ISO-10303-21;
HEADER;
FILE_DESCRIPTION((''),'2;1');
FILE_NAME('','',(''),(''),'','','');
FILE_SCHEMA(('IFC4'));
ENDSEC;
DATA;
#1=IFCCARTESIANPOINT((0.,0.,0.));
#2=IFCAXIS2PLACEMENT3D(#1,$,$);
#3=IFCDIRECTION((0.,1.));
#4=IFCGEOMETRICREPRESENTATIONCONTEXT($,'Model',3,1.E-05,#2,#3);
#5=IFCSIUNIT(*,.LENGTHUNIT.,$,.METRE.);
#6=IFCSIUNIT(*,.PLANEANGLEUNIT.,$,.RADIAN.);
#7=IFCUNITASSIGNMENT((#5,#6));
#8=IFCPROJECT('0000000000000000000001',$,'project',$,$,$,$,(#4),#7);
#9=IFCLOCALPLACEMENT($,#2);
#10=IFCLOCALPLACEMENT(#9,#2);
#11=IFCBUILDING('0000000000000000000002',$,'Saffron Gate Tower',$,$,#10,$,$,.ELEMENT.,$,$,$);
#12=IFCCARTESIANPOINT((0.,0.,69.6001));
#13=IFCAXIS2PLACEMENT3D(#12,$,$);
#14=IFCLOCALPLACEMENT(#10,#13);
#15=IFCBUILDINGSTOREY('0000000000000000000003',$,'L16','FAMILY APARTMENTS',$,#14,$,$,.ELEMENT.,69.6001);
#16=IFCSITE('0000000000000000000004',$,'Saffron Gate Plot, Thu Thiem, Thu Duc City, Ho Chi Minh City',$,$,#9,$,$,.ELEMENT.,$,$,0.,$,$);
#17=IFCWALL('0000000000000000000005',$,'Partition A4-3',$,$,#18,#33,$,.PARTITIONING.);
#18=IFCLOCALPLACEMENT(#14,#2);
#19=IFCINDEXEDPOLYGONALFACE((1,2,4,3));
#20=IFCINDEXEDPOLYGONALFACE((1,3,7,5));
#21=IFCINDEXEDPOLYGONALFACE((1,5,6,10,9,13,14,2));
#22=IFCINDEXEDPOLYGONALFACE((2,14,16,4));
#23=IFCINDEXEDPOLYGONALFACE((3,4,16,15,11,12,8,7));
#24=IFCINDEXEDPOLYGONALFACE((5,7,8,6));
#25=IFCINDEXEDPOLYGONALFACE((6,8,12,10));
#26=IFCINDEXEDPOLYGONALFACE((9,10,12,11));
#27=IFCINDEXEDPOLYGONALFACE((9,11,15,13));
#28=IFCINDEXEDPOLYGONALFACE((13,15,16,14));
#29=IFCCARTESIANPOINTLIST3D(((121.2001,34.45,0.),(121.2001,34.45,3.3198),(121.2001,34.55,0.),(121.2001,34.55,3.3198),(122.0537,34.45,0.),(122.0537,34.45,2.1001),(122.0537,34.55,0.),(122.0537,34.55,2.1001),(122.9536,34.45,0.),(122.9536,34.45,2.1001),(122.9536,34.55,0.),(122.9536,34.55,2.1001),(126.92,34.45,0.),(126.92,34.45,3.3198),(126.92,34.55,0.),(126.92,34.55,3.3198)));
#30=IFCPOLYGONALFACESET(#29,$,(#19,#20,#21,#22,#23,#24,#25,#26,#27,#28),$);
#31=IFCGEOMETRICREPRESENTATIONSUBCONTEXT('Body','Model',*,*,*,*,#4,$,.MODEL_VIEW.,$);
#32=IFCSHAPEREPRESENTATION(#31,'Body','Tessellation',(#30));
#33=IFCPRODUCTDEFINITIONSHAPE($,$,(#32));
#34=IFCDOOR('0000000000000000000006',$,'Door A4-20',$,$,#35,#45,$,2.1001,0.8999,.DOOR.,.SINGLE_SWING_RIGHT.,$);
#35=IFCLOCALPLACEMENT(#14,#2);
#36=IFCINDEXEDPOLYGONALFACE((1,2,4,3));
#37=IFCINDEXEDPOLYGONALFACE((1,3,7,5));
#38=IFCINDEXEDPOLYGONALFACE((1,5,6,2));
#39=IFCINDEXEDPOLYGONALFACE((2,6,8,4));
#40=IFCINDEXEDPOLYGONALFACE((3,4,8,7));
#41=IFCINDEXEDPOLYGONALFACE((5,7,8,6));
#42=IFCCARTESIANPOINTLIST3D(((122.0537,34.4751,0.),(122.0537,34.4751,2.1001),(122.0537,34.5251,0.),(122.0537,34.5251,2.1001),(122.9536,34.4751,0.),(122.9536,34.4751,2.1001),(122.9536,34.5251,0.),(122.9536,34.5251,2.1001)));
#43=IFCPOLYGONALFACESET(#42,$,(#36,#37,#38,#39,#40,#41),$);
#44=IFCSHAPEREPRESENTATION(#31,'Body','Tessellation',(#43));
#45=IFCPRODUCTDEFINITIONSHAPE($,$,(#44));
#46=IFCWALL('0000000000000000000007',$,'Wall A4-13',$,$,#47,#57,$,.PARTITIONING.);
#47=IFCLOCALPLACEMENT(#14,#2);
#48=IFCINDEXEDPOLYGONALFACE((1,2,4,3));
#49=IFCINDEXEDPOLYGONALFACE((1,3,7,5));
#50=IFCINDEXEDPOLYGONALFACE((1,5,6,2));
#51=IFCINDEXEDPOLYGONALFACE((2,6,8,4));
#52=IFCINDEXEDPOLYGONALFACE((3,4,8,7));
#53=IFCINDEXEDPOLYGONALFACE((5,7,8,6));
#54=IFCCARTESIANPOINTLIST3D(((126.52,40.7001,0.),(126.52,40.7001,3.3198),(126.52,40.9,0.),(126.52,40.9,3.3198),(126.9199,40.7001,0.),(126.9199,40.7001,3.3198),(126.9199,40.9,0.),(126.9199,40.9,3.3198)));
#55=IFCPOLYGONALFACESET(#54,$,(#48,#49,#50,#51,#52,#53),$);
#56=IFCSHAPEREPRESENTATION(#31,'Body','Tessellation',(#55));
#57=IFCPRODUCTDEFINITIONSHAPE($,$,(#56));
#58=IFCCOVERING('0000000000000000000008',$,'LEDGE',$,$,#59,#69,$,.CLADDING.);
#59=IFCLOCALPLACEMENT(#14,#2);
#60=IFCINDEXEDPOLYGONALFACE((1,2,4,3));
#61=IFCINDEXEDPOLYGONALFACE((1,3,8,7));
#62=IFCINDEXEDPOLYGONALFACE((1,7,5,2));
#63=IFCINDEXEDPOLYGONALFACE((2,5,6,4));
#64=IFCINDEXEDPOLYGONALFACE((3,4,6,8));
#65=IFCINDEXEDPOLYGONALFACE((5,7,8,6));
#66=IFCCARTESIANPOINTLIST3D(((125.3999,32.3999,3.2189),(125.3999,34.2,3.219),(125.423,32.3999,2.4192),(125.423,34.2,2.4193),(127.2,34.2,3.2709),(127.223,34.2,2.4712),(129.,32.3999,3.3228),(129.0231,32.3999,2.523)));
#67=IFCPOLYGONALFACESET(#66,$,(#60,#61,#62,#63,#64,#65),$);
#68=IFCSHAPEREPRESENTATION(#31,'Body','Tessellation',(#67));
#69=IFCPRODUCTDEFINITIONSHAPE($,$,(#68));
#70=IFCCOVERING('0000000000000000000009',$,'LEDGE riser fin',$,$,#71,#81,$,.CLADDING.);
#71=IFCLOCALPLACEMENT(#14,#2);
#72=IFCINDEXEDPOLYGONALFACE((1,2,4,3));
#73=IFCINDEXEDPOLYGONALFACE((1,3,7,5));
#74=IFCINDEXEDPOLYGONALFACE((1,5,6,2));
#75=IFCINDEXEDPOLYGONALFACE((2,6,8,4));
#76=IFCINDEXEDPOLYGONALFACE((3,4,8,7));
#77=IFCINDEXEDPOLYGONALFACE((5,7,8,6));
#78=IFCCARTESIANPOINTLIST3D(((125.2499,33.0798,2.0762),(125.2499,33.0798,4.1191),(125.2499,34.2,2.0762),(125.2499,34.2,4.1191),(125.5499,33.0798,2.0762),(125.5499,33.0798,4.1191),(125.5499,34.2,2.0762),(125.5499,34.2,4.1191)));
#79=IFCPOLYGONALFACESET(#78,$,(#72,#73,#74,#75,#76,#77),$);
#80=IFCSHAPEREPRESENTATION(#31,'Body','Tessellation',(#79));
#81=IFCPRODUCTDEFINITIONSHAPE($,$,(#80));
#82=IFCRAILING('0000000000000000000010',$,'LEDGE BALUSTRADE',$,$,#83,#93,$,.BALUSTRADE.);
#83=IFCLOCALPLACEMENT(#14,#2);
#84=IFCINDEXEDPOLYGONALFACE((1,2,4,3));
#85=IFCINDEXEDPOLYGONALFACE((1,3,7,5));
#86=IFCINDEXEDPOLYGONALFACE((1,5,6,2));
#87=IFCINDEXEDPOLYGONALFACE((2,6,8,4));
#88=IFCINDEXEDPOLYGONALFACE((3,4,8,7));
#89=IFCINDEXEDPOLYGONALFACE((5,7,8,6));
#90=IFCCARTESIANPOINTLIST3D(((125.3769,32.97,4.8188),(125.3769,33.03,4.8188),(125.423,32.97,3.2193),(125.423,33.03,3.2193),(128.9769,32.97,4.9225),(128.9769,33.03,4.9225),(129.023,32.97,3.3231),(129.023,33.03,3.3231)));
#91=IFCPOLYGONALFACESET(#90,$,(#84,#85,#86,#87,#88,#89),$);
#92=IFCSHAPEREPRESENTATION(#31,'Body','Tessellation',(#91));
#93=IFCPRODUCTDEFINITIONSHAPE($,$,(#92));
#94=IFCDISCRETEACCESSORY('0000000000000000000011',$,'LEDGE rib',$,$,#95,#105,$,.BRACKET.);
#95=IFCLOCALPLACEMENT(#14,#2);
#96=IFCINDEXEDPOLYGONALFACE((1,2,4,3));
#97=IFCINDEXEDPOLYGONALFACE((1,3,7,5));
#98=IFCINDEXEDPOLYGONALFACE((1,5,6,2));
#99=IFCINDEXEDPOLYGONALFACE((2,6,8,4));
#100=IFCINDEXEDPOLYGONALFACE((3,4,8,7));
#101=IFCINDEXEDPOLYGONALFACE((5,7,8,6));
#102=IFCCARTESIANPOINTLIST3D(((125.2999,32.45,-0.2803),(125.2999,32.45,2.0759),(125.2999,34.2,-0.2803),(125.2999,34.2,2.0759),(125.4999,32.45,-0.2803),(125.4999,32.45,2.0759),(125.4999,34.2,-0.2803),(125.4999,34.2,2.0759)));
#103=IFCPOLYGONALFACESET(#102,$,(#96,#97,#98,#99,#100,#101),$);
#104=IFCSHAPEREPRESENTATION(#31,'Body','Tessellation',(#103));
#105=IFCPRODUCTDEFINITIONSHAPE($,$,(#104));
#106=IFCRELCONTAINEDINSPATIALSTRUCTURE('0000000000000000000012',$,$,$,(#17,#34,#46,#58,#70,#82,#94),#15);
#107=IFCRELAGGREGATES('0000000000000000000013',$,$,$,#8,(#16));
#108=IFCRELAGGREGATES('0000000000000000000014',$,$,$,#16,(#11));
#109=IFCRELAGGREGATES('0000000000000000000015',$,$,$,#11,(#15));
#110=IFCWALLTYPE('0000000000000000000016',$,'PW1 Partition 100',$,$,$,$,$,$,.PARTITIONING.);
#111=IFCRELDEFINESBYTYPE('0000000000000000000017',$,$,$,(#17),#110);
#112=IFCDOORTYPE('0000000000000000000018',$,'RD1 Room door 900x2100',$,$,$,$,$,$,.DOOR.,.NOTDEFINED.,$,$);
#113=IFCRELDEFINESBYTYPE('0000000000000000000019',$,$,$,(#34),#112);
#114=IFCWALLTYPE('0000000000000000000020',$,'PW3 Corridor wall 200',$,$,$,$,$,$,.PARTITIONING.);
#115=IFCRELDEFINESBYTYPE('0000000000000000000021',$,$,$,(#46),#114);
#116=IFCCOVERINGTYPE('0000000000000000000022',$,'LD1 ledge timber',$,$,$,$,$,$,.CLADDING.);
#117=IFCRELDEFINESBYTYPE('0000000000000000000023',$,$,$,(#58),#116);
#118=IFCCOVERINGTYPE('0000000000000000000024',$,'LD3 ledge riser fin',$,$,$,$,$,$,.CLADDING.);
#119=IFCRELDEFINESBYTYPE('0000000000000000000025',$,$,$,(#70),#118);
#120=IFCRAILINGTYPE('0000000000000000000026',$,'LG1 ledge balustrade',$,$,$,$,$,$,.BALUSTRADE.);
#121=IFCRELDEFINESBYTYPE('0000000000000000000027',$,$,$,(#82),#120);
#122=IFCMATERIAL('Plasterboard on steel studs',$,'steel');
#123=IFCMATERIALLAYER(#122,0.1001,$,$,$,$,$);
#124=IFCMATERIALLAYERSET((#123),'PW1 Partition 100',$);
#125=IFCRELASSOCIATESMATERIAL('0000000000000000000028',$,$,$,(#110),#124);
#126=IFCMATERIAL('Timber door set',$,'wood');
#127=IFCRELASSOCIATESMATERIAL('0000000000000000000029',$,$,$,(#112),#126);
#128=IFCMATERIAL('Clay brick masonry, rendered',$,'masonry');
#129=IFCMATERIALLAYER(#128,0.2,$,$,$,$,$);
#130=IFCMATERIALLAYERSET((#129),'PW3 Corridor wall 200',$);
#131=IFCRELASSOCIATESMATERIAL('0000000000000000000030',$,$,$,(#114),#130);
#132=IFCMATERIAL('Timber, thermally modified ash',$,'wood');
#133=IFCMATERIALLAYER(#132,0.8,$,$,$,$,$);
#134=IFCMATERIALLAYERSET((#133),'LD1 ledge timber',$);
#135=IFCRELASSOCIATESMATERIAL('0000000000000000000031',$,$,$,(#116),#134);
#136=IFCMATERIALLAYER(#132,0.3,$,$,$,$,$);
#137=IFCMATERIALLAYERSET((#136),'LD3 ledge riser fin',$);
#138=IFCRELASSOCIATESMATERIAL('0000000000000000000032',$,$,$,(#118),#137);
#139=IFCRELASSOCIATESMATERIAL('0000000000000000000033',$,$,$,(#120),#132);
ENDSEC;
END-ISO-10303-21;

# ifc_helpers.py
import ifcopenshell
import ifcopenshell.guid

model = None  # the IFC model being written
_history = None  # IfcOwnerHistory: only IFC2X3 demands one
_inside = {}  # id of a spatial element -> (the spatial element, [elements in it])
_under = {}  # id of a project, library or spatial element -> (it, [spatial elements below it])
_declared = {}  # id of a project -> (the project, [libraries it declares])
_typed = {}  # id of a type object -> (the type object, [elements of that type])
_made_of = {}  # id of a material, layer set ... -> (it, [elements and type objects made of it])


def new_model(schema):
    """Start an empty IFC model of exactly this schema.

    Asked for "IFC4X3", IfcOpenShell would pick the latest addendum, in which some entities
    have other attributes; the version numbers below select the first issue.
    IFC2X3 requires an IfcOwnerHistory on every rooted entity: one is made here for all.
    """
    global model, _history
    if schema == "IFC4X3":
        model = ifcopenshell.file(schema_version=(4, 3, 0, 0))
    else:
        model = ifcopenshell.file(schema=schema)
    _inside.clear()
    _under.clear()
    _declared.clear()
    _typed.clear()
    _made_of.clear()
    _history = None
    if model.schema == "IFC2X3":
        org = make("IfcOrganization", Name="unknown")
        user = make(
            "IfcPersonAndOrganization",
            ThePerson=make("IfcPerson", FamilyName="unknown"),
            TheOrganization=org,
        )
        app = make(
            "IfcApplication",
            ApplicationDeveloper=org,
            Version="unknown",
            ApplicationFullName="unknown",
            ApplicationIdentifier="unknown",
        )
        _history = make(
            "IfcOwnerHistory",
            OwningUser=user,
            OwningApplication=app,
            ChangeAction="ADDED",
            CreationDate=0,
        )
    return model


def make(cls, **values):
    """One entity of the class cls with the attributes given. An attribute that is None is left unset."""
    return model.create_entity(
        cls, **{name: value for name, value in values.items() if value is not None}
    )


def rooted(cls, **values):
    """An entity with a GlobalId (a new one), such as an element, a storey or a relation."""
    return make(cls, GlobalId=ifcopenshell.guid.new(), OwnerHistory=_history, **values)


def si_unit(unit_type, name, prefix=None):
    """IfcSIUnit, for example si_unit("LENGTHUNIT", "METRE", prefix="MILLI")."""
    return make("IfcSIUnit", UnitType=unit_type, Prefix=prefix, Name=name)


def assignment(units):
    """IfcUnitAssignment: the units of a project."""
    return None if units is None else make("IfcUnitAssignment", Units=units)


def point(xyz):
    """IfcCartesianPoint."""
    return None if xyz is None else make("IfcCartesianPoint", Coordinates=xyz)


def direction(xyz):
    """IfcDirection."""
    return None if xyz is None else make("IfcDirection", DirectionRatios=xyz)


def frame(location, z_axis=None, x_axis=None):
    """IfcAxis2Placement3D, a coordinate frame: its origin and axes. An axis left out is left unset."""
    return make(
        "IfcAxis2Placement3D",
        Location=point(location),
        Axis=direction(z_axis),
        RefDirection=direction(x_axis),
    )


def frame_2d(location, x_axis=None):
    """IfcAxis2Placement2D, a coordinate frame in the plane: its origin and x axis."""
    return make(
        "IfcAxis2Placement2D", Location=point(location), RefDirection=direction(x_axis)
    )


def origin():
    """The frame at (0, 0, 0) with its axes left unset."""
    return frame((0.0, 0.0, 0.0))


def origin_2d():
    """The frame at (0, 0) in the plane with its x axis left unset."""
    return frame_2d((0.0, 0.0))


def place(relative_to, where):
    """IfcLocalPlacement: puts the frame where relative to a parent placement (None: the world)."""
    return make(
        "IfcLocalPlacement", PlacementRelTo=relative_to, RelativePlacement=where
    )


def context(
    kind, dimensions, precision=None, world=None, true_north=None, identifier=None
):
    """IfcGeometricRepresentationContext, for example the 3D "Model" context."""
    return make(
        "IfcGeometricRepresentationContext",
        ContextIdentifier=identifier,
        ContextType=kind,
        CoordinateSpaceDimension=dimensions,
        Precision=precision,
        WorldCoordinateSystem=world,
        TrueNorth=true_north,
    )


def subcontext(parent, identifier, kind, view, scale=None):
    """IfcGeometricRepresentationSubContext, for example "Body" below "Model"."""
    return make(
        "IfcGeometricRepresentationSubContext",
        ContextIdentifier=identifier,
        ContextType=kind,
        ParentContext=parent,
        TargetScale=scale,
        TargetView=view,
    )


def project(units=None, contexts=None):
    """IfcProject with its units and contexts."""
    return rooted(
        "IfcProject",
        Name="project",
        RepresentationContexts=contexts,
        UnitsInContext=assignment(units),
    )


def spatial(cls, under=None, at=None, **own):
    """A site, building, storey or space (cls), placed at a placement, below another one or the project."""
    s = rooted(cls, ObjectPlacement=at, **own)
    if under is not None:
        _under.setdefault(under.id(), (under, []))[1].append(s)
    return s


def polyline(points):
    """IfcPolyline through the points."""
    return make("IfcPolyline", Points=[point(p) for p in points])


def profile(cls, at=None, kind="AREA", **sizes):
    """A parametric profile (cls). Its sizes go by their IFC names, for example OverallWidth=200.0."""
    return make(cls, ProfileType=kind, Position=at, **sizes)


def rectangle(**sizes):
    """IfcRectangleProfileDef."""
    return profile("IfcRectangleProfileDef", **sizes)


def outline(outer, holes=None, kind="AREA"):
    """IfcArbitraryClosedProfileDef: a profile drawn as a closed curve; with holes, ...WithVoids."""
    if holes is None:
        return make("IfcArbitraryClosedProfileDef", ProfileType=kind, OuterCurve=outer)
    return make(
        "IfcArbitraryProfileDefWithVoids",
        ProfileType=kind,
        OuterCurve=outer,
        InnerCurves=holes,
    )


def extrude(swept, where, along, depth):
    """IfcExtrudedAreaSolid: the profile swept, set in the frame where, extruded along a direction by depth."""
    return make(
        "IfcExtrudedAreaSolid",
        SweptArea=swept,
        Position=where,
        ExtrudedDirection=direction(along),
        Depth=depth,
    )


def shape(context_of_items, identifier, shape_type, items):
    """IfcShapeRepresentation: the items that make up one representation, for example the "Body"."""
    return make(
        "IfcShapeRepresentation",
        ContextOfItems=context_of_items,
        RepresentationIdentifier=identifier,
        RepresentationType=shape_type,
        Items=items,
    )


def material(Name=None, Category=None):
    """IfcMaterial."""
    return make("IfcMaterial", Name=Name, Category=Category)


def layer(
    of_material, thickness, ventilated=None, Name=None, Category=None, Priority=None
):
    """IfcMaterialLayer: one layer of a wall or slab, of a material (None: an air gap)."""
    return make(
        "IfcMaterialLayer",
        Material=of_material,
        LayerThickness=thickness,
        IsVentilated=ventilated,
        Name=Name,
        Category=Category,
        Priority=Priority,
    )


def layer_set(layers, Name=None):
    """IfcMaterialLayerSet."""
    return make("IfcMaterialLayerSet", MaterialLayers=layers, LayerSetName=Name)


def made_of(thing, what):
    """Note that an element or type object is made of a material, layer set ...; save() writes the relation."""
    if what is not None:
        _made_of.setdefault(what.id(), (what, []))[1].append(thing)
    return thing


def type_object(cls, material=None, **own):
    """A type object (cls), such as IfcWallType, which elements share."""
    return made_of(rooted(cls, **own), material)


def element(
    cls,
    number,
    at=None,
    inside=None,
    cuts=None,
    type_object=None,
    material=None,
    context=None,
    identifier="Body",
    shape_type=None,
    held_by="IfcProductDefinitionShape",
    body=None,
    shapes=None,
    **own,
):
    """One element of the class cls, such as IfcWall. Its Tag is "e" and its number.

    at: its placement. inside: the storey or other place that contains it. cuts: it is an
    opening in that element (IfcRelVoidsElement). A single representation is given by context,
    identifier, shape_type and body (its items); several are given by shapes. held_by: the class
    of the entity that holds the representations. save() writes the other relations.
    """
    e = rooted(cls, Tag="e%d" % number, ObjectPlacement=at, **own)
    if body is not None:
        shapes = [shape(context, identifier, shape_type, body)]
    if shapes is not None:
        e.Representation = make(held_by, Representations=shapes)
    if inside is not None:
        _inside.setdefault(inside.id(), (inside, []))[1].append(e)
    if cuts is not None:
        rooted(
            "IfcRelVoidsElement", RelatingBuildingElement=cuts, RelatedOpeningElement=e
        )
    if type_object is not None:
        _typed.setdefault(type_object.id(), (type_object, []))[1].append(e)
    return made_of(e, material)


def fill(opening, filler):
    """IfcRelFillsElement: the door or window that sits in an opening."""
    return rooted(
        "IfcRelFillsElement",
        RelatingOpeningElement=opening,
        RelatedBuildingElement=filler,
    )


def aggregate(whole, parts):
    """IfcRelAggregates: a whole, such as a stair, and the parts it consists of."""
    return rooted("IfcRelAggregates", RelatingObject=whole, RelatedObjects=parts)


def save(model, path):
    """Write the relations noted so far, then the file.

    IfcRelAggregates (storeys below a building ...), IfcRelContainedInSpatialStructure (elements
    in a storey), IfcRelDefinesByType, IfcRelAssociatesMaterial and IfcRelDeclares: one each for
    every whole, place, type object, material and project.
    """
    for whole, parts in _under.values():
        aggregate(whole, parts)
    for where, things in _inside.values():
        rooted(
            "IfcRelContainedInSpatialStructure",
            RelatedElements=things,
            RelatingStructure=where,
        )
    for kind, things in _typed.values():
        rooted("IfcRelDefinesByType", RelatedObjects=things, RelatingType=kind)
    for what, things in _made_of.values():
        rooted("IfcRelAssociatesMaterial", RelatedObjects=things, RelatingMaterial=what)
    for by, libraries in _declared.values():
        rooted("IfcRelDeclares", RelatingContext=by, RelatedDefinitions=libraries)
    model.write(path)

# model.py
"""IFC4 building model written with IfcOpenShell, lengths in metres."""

from ifc_helpers import new_model, si_unit, direction, frame, frame_2d, origin, origin_2d, place, context, subcontext, project, spatial, polyline, rectangle, outline, extrude, material, layer, layer_set, type_object, element, fill, save


model = new_model("IFC4")

# Units and contexts
model_context = context("Model", 3, precision=1e-05, world=origin(), true_north=direction((0.0, 1.0)))
body_context = subcontext(model_context, "Body", "Model", "MODEL_VIEW")
ifc_project = project(units=[si_unit("LENGTHUNIT", "METRE"), si_unit("PLANEANGLEUNIT", "RADIAN")], contexts=[model_context])

# Site, building, storey
site_placement = place(None, origin())
site = spatial("IfcSite", under=ifc_project, at=site_placement, Name="Saffron Gate Plot, Thu Thiem, Thu Duc City, Ho Chi Minh City", CompositionType="ELEMENT", RefElevation=0.0)
building_placement = place(site_placement, origin())
building = spatial("IfcBuilding", under=site, at=building_placement, Name="Saffron Gate Tower", CompositionType="ELEMENT")
storey_placement = place(building_placement, frame((0.0, 0.0, 69.6001)))
storey = spatial("IfcBuildingStorey", under=building, at=storey_placement, Name="L16", Description="FAMILY APARTMENTS", CompositionType="ELEMENT", Elevation=69.6001)

# Wall, opening, door
ifc_material_1 = material(Name="Plasterboard on steel studs", Category="steel")
ifc_layer_1 = layer(ifc_material_1, 0.1001)
ifc_layer_set_1 = layer_set([ifc_layer_1], Name="PW1 Partition 100")
wall_type_1 = type_object("IfcWallType", Name="PW1 Partition 100", PredefinedType="PARTITIONING", material=ifc_layer_set_1)
wall_1_placement = place(storey_placement, frame((126.9199, 34.5, 0.0), z_axis=(0.0, 0.0, 1.0), x_axis=(-1.0, 0.0, 0.0)))
wall_1 = element("IfcWall", 1, at=wall_1_placement, inside=storey, type_object=wall_type_1, Name="Partition A4-3", PredefinedType="PARTITIONING", context=body_context, shape_type="SweptSolid", body=[
    extrude(rectangle(XDim=5.72, YDim=0.1001, at=frame_2d((2.8599, 0.0))), origin(), (0.0, 0.0, 1.0), 3.3198),
])
opening_1_placement = place(wall_1_placement, frame((3.9663, 0.0, 0.0)))
opening_1 = element("IfcOpeningElement", 2, at=opening_1_placement, cuts=wall_1, PredefinedType="OPENING", context=body_context, shape_type="SweptSolid", body=[
    extrude(rectangle(XDim=0.8999, YDim=2.1001, at=frame_2d((0.45, 1.05))), frame((0.0, 0.0601, 0.0), z_axis=(0.0, -1.0, 0.0), x_axis=(1.0, 0.0, 0.0)), (0.0, 0.0, 1.0), 0.1201),
])
ifc_material_2 = material(Name="Timber door set", Category="wood")
door_type = type_object("IfcDoorType", Name="RD1 Room door 900x2100", OperationType="NOTDEFINED", PredefinedType="DOOR", material=ifc_material_2)
door_placement = place(opening_1_placement, origin())
door = element("IfcDoor", 3, at=door_placement, inside=storey, type_object=door_type, Name="Door A4-20", OperationType="SINGLE_SWING_RIGHT", OverallHeight=2.1001, OverallWidth=0.8999, PredefinedType="DOOR", context=body_context, shape_type="SweptSolid", body=[
    extrude(rectangle(XDim=0.8999, YDim=2.1001, at=frame_2d((0.45, 1.05))), frame((0.0, 0.0249, 0.0), z_axis=(0.0, -1.0, 0.0), x_axis=(1.0, 0.0, 0.0)), (0.0, 0.0, 1.0), 0.05),
])
fill(opening_1, door)

# Wall
ifc_material_3 = material(Name="Clay brick masonry, rendered", Category="masonry")
ifc_layer_2 = layer(ifc_material_3, 0.2)
ifc_layer_set_2 = layer_set([ifc_layer_2], Name="PW3 Corridor wall 200")
wall_type_2 = type_object("IfcWallType", Name="PW3 Corridor wall 200", PredefinedType="PARTITIONING", material=ifc_layer_set_2)
wall_2_placement = place(storey_placement, frame((126.52, 40.8, 0.0), z_axis=(0.0, 0.0, 1.0), x_axis=(1.0, 0.0, 0.0)))
element("IfcWall", 4, at=wall_2_placement, inside=storey, type_object=wall_type_2, Name="Wall A4-13", PredefinedType="PARTITIONING", context=body_context, shape_type="SweptSolid", body=[
    extrude(rectangle(XDim=0.3999, YDim=0.2, at=frame_2d((0.2, 0.0))), origin(), (0.0, 0.0, 1.0), 3.3198),
])

# Coverings
ifc_material_4 = material(Name="Timber, thermally modified ash", Category="wood")
ifc_layer_3 = layer(ifc_material_4, 0.8)
ifc_layer_set_3 = layer_set([ifc_layer_3], Name="LD1 ledge timber")
covering_type_1 = type_object("IfcCoveringType", Name="LD1 ledge timber", PredefinedType="CLADDING", material=ifc_layer_set_3)
covering_1_placement = place(storey_placement, frame((125.3999, 34.2, 3.219), z_axis=(-0.028832, -0.000045, 0.999584), x_axis=(0.999584, 0.0, 0.028832)))
element("IfcCovering", 5, at=covering_1_placement, inside=storey, type_object=covering_type_1, Name="LEDGE", PredefinedType="CLADDING", context=body_context, shape_type="SweptSolid", body=[
    extrude(outline(polyline([(0.0, 0.0), (1.8008, 0.0), (3.6016, -1.8), (0.0, -1.8), (0.0, 0.0)])), origin(), (0.0, 0.0, -1.0), 0.8),
])
ifc_layer_4 = layer(ifc_material_4, 0.3)
ifc_layer_set_4 = layer_set([ifc_layer_4], Name="LD3 ledge riser fin")
covering_type_2 = type_object("IfcCoveringType", Name="LD3 ledge riser fin", PredefinedType="CLADDING", material=ifc_layer_set_4)
covering_2_placement = place(storey_placement, frame((125.3999, 33.6399, 2.0762), z_axis=(0.0, 0.0, 1.0), x_axis=(1.0, 0.0, 0.0)))
element("IfcCovering", 6, at=covering_2_placement, inside=storey, type_object=covering_type_2, Name="LEDGE riser fin", PredefinedType="CLADDING", context=body_context, shape_type="SweptSolid", body=[
    extrude(rectangle(XDim=0.3, YDim=1.1201, at=origin_2d()), origin(), (0.0, 0.0, 1.0), 2.043),
])

# Railing
railing_type = type_object("IfcRailingType", Name="LG1 ledge balustrade", PredefinedType="BALUSTRADE", material=ifc_material_4)
railing_placement = place(storey_placement, frame((125.3999, 33.0, 3.219)))
element("IfcRailing", 7, at=railing_placement, inside=storey, type_object=railing_type, Name="LEDGE BALUSTRADE", PredefinedType="BALUSTRADE", context=body_context, shape_type="SweptSolid", body=[
    extrude(rectangle(XDim=0.0601, YDim=1.6001, at=origin_2d()), frame((0.0, 0.0, 0.8), z_axis=(0.999585, 0.0, 0.028809), x_axis=(0.0, 1.0, 0.0)), (0.0, 0.0, 1.0), 3.6016),
])

# Discrete accessory
discrete_accessory_placement = place(storey_placement, frame((125.3999, 33.325, -0.2803), z_axis=(0.0, 0.0, 1.0), x_axis=(1.0, 0.0, 0.0)))
element("IfcDiscreteAccessory", 8, at=discrete_accessory_placement, inside=storey, Name="LEDGE rib", PredefinedType="BRACKET", context=body_context, shape_type="SweptSolid", body=[
    extrude(rectangle(XDim=0.2, YDim=1.75, at=origin_2d()), origin(), (0.0, 0.0, 1.0), 2.3562),
])

save(model, "model.ifc")
